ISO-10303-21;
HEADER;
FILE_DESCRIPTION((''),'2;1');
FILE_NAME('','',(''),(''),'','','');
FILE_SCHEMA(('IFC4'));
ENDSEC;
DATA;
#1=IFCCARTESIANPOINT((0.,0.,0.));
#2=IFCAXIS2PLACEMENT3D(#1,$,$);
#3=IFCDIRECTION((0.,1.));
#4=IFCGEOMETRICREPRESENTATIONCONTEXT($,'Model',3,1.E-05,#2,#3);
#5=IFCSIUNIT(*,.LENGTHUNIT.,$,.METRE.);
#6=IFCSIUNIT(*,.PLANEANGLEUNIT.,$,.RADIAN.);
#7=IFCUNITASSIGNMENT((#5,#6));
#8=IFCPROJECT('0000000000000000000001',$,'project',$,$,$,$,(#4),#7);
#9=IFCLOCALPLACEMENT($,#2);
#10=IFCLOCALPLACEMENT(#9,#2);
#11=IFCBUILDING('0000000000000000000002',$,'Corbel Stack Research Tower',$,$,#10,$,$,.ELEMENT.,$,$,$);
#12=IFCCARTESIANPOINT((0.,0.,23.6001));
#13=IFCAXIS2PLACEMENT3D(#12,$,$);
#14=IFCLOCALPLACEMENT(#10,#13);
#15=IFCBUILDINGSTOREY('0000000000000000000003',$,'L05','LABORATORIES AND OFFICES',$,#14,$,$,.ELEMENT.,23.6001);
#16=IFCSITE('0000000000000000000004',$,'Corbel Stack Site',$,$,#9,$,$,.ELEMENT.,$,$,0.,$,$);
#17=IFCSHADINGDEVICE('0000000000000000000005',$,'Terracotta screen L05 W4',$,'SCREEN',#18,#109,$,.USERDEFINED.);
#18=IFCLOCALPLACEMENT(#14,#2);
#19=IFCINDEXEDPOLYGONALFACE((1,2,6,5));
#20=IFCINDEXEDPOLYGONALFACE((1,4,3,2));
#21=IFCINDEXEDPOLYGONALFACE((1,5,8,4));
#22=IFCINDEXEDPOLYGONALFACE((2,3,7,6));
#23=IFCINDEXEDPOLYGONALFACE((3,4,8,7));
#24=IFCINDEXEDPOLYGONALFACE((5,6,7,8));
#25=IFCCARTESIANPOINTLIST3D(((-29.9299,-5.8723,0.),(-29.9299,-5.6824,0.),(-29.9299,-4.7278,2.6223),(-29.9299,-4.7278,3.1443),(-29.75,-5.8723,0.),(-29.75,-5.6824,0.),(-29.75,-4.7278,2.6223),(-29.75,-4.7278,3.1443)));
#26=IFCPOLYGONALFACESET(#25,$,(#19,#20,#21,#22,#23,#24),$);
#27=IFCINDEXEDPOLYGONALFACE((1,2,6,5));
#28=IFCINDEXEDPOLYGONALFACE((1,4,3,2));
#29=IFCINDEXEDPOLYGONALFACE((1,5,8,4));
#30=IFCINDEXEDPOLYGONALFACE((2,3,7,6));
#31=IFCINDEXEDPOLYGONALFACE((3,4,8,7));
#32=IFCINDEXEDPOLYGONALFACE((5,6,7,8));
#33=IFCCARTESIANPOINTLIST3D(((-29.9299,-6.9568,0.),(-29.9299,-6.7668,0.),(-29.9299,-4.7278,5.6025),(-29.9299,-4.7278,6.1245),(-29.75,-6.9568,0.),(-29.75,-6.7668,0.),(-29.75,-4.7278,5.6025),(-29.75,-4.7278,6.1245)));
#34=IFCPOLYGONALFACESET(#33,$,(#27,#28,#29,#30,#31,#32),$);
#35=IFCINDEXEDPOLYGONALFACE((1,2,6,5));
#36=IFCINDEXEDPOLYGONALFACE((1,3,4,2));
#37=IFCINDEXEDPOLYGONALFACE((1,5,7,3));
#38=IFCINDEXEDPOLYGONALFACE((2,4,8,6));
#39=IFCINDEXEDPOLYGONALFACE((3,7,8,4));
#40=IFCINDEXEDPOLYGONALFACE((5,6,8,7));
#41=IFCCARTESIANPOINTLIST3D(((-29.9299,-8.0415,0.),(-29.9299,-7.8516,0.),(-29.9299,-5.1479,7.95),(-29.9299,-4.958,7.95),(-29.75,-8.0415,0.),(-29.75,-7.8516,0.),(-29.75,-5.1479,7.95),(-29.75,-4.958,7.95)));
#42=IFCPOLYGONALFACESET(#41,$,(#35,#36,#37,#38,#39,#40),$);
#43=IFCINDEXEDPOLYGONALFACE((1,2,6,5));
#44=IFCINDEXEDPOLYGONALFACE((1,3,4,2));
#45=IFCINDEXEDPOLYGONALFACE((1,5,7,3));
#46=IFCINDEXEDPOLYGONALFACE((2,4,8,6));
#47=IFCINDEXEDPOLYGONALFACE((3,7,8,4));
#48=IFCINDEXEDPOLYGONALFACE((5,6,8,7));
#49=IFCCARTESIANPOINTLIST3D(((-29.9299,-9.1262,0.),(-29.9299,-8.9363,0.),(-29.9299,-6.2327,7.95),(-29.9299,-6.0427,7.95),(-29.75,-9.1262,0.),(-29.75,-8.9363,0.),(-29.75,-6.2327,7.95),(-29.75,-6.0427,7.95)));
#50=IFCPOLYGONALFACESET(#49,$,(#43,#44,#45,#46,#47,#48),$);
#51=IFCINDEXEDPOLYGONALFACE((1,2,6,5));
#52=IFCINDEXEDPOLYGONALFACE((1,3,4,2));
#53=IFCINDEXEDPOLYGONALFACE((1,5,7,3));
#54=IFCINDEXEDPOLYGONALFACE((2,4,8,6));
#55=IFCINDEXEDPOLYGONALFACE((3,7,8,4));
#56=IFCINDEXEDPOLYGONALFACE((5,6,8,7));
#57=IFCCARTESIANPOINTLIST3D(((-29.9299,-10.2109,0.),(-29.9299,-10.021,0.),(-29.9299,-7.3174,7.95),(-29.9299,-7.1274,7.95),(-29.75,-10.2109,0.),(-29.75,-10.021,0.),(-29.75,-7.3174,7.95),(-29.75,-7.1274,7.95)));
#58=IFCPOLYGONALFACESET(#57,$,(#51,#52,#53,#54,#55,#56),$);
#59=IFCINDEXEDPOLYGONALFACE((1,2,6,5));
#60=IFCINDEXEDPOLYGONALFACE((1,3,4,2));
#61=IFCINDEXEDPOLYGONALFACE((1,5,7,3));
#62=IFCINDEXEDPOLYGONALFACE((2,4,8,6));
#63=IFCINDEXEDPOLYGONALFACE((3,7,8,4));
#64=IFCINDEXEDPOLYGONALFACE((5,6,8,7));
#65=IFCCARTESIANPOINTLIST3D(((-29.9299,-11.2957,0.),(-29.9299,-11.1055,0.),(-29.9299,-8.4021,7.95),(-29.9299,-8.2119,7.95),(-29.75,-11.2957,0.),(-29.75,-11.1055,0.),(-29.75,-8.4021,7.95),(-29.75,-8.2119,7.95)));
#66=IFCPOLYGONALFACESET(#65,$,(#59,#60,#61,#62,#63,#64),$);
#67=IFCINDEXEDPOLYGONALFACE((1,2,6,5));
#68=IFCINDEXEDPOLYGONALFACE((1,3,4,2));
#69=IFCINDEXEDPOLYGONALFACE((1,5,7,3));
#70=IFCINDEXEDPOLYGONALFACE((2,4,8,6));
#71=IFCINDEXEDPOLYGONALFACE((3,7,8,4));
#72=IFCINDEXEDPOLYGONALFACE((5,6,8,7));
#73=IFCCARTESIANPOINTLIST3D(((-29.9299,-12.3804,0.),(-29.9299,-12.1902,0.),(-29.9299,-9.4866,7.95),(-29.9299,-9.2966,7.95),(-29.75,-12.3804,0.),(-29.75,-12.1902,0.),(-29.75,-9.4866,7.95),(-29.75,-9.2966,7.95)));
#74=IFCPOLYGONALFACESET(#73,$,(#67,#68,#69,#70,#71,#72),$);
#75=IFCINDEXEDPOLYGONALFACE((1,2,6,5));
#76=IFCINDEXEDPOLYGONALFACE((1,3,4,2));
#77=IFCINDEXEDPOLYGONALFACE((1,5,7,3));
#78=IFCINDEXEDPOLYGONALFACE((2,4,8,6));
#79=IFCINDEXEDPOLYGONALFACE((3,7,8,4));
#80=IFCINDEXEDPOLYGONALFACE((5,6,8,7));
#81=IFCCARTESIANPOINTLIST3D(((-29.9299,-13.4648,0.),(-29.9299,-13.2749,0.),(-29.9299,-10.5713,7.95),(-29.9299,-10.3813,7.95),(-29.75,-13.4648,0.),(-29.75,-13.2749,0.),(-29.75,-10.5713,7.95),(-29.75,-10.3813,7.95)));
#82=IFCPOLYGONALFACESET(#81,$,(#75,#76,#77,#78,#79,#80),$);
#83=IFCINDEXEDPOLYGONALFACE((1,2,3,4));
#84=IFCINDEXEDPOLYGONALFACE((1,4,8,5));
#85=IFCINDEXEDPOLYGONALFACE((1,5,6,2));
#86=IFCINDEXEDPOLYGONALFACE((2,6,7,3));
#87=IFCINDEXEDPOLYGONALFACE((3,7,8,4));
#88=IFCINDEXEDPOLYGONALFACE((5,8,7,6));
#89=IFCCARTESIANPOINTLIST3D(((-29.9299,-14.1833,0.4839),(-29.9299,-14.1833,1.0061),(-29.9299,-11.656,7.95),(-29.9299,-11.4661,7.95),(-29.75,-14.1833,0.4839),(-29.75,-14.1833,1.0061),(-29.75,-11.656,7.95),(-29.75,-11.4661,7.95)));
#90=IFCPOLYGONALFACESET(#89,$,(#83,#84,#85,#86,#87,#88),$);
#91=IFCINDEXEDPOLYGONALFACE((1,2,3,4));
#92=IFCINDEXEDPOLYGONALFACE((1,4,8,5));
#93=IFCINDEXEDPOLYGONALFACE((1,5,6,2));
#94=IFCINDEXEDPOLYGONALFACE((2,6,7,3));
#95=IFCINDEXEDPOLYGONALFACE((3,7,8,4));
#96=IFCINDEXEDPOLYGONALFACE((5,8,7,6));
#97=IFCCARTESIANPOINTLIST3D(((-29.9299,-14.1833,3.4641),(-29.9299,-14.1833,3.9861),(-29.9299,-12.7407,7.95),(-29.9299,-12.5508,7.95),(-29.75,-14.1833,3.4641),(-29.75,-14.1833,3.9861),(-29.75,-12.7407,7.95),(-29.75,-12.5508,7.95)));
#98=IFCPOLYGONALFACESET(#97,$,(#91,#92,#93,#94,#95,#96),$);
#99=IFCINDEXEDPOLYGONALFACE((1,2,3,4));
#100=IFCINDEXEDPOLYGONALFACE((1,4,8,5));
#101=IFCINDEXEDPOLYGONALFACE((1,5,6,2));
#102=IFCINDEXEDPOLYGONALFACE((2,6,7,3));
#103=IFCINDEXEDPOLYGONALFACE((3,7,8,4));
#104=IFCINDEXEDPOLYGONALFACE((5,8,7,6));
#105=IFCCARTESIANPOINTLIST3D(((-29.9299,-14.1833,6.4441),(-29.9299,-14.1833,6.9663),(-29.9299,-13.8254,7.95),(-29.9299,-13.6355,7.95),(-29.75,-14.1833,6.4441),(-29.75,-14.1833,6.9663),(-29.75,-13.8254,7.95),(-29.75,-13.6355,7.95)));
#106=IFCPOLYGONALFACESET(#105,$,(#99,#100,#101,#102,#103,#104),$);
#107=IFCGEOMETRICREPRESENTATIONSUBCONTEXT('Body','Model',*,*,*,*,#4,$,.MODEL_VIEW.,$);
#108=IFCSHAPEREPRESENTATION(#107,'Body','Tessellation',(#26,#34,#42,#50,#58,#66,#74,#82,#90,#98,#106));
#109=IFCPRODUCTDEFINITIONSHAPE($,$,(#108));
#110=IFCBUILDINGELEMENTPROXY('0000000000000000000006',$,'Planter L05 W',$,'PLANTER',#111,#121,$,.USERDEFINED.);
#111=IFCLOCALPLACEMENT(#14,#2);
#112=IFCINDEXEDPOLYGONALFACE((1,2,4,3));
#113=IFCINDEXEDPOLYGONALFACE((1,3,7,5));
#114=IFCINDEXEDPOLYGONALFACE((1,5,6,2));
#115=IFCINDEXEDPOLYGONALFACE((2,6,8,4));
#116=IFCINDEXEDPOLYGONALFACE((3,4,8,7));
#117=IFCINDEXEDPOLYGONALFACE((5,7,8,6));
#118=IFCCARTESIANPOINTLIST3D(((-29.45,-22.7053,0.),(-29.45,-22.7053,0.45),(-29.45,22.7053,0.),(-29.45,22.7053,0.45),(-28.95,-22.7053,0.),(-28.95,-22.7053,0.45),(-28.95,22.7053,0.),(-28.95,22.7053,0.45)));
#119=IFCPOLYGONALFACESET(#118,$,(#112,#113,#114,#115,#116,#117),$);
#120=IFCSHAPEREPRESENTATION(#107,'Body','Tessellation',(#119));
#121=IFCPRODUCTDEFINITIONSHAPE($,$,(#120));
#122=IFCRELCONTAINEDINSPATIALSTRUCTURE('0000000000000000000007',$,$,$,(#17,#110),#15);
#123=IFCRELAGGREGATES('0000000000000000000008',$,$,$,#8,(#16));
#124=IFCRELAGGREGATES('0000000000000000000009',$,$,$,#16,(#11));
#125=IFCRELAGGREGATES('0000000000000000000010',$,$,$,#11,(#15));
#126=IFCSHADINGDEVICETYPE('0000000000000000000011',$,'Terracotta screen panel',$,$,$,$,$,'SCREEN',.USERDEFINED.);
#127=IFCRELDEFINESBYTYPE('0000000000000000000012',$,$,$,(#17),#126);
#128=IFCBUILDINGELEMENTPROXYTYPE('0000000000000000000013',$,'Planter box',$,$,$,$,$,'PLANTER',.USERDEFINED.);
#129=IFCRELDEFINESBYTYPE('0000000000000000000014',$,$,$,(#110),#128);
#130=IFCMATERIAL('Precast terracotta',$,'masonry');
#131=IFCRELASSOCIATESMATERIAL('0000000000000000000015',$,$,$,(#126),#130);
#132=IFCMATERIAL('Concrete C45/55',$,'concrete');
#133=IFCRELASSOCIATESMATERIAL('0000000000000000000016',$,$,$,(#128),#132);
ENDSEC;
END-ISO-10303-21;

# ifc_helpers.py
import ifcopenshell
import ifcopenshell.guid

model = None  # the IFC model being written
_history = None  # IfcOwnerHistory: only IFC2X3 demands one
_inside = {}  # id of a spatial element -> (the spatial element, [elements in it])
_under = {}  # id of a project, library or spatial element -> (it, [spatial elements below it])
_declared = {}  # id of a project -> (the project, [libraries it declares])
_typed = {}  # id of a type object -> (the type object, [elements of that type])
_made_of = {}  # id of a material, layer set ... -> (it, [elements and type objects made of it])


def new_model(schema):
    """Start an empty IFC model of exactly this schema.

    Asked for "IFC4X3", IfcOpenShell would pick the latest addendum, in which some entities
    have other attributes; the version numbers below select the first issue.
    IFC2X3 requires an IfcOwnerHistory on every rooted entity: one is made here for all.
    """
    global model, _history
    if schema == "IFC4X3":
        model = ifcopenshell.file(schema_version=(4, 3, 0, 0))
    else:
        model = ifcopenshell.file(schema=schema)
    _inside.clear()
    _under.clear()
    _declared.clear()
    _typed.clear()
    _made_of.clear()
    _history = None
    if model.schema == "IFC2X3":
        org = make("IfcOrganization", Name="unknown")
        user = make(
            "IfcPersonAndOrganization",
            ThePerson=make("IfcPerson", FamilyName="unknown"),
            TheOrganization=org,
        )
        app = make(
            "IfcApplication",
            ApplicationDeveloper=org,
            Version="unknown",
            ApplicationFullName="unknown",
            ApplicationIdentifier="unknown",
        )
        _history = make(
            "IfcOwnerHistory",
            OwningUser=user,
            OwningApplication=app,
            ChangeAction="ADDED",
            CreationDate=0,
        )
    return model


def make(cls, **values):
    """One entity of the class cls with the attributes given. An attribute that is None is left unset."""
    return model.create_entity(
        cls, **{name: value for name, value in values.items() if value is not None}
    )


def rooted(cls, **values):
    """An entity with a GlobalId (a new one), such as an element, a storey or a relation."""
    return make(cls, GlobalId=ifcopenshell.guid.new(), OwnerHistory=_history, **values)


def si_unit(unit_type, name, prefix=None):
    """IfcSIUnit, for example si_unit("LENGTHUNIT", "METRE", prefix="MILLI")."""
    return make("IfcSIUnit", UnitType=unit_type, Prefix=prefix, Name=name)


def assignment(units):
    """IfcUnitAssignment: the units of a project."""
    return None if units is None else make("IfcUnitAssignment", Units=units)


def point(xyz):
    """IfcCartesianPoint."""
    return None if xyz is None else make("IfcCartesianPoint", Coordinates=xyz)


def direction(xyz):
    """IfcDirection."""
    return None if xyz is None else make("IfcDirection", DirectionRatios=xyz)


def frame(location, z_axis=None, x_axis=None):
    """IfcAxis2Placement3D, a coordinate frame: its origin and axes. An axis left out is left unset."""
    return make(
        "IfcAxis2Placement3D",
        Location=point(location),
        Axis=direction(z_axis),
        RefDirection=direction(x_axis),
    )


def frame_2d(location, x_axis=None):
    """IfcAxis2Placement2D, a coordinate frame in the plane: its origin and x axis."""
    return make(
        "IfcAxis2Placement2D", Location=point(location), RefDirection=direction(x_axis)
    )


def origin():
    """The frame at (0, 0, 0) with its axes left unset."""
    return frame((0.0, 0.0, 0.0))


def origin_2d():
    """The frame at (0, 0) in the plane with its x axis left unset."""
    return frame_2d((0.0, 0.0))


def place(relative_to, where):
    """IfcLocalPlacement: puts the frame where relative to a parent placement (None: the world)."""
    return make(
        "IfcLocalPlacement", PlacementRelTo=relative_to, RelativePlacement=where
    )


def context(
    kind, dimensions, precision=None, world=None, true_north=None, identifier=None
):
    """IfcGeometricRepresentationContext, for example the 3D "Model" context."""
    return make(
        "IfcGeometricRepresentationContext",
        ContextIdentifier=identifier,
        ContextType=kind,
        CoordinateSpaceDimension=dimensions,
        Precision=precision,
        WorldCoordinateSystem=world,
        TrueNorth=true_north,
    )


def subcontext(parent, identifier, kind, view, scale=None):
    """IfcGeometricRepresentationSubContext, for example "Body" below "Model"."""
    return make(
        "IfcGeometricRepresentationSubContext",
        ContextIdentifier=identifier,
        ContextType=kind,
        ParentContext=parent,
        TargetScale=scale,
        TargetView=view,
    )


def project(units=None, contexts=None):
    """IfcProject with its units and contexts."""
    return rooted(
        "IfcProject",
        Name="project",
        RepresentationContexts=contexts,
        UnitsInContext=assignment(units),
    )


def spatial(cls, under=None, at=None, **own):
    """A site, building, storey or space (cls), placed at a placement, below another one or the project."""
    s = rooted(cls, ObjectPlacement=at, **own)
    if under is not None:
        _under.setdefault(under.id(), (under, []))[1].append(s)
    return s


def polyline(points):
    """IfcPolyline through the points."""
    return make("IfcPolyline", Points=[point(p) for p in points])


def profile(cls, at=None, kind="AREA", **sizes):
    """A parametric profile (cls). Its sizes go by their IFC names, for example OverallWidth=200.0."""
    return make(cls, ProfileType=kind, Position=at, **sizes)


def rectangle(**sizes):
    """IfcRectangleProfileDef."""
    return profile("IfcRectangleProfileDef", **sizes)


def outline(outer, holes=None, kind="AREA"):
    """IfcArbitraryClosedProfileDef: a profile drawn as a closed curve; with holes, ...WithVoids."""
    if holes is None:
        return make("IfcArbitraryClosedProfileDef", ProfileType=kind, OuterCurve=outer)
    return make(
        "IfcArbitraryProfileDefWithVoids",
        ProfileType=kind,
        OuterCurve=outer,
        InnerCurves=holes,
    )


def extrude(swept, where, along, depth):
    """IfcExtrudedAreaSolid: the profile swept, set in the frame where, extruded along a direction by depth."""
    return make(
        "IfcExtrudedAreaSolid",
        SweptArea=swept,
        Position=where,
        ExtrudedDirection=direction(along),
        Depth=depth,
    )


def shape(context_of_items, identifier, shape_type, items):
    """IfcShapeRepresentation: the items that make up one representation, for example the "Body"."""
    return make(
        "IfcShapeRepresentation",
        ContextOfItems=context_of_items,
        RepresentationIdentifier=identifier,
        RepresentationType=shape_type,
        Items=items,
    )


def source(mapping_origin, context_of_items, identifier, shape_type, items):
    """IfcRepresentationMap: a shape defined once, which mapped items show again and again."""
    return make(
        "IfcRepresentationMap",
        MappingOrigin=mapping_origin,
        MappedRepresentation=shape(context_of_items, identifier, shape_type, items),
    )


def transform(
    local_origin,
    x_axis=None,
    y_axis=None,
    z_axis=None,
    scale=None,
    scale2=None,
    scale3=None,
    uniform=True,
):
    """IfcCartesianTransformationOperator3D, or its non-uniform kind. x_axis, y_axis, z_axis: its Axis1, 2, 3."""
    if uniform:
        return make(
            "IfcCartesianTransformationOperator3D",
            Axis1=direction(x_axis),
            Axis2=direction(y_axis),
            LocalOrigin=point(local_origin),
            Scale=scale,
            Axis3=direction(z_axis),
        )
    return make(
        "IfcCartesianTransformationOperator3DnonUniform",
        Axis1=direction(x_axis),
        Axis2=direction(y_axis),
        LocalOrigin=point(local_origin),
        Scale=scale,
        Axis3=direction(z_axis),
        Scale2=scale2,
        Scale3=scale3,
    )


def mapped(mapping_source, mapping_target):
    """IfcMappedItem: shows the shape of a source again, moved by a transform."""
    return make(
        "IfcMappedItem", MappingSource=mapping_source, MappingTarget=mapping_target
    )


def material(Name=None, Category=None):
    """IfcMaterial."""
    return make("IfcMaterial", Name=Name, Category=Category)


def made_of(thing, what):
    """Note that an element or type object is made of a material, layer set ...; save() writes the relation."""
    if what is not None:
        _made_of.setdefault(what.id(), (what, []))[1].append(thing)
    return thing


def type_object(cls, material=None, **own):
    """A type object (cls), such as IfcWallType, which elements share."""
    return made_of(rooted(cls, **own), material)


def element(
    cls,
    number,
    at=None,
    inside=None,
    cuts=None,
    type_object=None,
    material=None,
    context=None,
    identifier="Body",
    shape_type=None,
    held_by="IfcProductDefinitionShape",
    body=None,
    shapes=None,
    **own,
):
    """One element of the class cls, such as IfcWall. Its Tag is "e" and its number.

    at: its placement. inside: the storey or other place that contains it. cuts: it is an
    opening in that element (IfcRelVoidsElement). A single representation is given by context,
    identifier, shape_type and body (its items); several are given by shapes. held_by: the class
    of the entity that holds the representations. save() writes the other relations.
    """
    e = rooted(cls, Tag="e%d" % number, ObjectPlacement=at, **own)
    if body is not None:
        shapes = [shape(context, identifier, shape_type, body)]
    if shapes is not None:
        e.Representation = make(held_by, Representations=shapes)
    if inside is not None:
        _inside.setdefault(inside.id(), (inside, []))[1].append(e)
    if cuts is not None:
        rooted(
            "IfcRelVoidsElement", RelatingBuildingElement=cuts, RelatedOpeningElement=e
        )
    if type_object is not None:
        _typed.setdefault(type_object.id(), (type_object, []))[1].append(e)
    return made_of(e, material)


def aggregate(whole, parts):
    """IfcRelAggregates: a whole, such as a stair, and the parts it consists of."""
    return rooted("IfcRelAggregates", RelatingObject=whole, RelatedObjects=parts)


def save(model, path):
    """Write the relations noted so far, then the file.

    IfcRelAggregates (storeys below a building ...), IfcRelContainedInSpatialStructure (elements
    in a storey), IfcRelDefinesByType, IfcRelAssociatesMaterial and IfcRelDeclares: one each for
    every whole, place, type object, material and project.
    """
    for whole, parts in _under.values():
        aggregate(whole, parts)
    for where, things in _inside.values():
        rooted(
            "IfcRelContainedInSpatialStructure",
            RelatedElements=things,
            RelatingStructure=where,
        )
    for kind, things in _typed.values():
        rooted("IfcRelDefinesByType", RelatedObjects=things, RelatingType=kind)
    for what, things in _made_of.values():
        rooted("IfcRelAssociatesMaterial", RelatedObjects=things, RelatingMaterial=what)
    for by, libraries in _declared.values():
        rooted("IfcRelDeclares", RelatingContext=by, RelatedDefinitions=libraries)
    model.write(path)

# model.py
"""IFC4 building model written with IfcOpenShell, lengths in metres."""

from ifc_helpers import new_model, si_unit, direction, frame, origin, origin_2d, place, context, subcontext, project, spatial, polyline, rectangle, outline, extrude, source, transform, mapped, material, type_object, element, save


model = new_model("IFC4")

# Units and contexts
model_context = context("Model", 3, precision=1e-05, world=origin(), true_north=direction((0.0, 1.0)))
body_context = subcontext(model_context, "Body", "Model", "MODEL_VIEW")
ifc_project = project(units=[si_unit("LENGTHUNIT", "METRE"), si_unit("PLANEANGLEUNIT", "RADIAN")], contexts=[model_context])

# Site, building, storey
site_placement = place(None, origin())
site = spatial("IfcSite", under=ifc_project, at=site_placement, Name="Corbel Stack Site", CompositionType="ELEMENT", RefElevation=0.0)
building_placement = place(site_placement, origin())
building = spatial("IfcBuilding", under=site, at=building_placement, Name="Corbel Stack Research Tower", CompositionType="ELEMENT")
storey_placement = place(building_placement, frame((0.0, 0.0, 23.6001)))
storey = spatial("IfcBuildingStorey", under=building, at=storey_placement, Name="L05", Description="LABORATORIES AND OFFICES", CompositionType="ELEMENT", Elevation=23.6001)

# Shading device
ifc_material_1 = material(Name="Precast terracotta", Category="masonry")
shading_device_type = type_object("IfcShadingDeviceType", Name="Terracotta screen panel", ElementType="SCREEN", PredefinedType="USERDEFINED", material=ifc_material_1)
shared_shape_1 = source(origin(), body_context, "Body", "SweptSolid", [
    extrude(outline(polyline([(1.1445, 0.0), (0.0, 3.1443), (0.0, 2.6223), (0.9546, 0.0), (1.1445, 0.0)])), frame((0.0, 0.0, 0.0), z_axis=(0.0, -1.0, 0.0), x_axis=(1.0, 0.0, 0.0)), (0.0, 0.0, 1.0), 0.1799),
    extrude(outline(polyline([(2.229, 0.0), (0.0, 6.1245), (0.0, 5.6025), (2.0391, 0.0), (2.229, 0.0)])), frame((0.0, 0.0, 0.0), z_axis=(0.0, -1.0, 0.0), x_axis=(1.0, 0.0, 0.0)), (0.0, 0.0, 1.0), 0.1799),
    extrude(outline(polyline([(3.3137, 0.0), (0.4202, 7.95), (0.2302, 7.95), (3.1238, 0.0), (3.3137, 0.0)])), frame((0.0, 0.0, 0.0), z_axis=(0.0, -1.0, 0.0), x_axis=(1.0, 0.0, 0.0)), (0.0, 0.0, 1.0), 0.1799),
    extrude(outline(polyline([(4.3984, 0.0), (1.5049, 7.95), (1.3149, 7.95), (4.2085, 0.0), (4.3984, 0.0)])), frame((0.0, 0.0, 0.0), z_axis=(0.0, -1.0, 0.0), x_axis=(1.0, 0.0, 0.0)), (0.0, 0.0, 1.0), 0.1799),
    extrude(outline(polyline([(5.4832, 0.0), (2.5896, 7.95), (2.3997, 7.95), (5.2932, 0.0), (5.4832, 0.0)])), frame((0.0, 0.0, 0.0), z_axis=(0.0, -1.0, 0.0), x_axis=(1.0, 0.0, 0.0)), (0.0, 0.0, 1.0), 0.1799),
    extrude(outline(polyline([(6.5679, 0.0), (3.6743, 7.95), (3.4841, 7.95), (6.3777, 0.0), (6.5679, 0.0)])), frame((0.0, 0.0, 0.0), z_axis=(0.0, -1.0, 0.0), x_axis=(1.0, 0.0, 0.0)), (0.0, 0.0, 1.0), 0.1799),
    extrude(outline(polyline([(7.6526, 0.0), (4.7588, 7.95), (4.5688, 7.95), (7.4624, 0.0), (7.6526, 0.0)])), frame((0.0, 0.0, 0.0), z_axis=(0.0, -1.0, 0.0), x_axis=(1.0, 0.0, 0.0)), (0.0, 0.0, 1.0), 0.1799),
    extrude(outline(polyline([(8.7371, 0.0), (5.8435, 7.95), (5.6536, 7.95), (8.5471, 0.0), (8.7371, 0.0)])), frame((0.0, 0.0, 0.0), z_axis=(0.0, -1.0, 0.0), x_axis=(1.0, 0.0, 0.0)), (0.0, 0.0, 1.0), 0.1799),
    extrude(outline(polyline([(6.9282, 7.95), (6.7383, 7.95), (9.4556, 0.4839), (9.4556, 1.0061), (6.9282, 7.95)])), frame((0.0, 0.0, 0.0), z_axis=(0.0, -1.0, 0.0), x_axis=(1.0, 0.0, 0.0)), (0.0, 0.0, 1.0), 0.1799),
    extrude(outline(polyline([(8.0129, 7.95), (7.823, 7.95), (9.4556, 3.4641), (9.4556, 3.9861), (8.0129, 7.95)])), frame((0.0, 0.0, 0.0), z_axis=(0.0, -1.0, 0.0), x_axis=(1.0, 0.0, 0.0)), (0.0, 0.0, 1.0), 0.1799),
    extrude(outline(polyline([(9.0977, 7.95), (8.9077, 7.95), (9.4556, 6.4441), (9.4556, 6.9663), (9.0977, 7.95)])), frame((0.0, 0.0, 0.0), z_axis=(0.0, -1.0, 0.0), x_axis=(1.0, 0.0, 0.0)), (0.0, 0.0, 1.0), 0.1799),
])
shading_device_1_placement = place(storey_placement, frame((-29.75, -4.7278, 0.0), z_axis=(0.0, 0.0, 1.0), x_axis=(0.0, -1.0, 0.0)))
element("IfcShadingDevice", 1, at=shading_device_1_placement, inside=storey, type_object=shading_device_type, Name="Terracotta screen L05 W4", ObjectType="SCREEN", PredefinedType="USERDEFINED", context=body_context, shape_type="MappedRepresentation", body=[
    mapped(shared_shape_1, transform((0.0, 0.0, 0.0))),
])

# Building element proxy
ifc_material_2 = material(Name="Concrete C45/55", Category="concrete")
building_element_proxy_type = type_object("IfcBuildingElementProxyType", Name="Planter box", ElementType="PLANTER", PredefinedType="USERDEFINED", material=ifc_material_2)
proxy_placement = place(storey_placement, frame((-29.2, 0.0, 0.0), z_axis=(0.0, 0.0, 1.0), x_axis=(0.0, -1.0, 0.0)))
element("IfcBuildingElementProxy", 2, at=proxy_placement, inside=storey, type_object=building_element_proxy_type, Name="Planter L05 W", ObjectType="PLANTER", PredefinedType="USERDEFINED", context=body_context, shape_type="SweptSolid", body=[
    extrude(rectangle(XDim=45.4106, YDim=0.5, at=origin_2d()), origin(), (0.0, 0.0, 1.0), 0.45),
])

save(model, "model.ifc")
